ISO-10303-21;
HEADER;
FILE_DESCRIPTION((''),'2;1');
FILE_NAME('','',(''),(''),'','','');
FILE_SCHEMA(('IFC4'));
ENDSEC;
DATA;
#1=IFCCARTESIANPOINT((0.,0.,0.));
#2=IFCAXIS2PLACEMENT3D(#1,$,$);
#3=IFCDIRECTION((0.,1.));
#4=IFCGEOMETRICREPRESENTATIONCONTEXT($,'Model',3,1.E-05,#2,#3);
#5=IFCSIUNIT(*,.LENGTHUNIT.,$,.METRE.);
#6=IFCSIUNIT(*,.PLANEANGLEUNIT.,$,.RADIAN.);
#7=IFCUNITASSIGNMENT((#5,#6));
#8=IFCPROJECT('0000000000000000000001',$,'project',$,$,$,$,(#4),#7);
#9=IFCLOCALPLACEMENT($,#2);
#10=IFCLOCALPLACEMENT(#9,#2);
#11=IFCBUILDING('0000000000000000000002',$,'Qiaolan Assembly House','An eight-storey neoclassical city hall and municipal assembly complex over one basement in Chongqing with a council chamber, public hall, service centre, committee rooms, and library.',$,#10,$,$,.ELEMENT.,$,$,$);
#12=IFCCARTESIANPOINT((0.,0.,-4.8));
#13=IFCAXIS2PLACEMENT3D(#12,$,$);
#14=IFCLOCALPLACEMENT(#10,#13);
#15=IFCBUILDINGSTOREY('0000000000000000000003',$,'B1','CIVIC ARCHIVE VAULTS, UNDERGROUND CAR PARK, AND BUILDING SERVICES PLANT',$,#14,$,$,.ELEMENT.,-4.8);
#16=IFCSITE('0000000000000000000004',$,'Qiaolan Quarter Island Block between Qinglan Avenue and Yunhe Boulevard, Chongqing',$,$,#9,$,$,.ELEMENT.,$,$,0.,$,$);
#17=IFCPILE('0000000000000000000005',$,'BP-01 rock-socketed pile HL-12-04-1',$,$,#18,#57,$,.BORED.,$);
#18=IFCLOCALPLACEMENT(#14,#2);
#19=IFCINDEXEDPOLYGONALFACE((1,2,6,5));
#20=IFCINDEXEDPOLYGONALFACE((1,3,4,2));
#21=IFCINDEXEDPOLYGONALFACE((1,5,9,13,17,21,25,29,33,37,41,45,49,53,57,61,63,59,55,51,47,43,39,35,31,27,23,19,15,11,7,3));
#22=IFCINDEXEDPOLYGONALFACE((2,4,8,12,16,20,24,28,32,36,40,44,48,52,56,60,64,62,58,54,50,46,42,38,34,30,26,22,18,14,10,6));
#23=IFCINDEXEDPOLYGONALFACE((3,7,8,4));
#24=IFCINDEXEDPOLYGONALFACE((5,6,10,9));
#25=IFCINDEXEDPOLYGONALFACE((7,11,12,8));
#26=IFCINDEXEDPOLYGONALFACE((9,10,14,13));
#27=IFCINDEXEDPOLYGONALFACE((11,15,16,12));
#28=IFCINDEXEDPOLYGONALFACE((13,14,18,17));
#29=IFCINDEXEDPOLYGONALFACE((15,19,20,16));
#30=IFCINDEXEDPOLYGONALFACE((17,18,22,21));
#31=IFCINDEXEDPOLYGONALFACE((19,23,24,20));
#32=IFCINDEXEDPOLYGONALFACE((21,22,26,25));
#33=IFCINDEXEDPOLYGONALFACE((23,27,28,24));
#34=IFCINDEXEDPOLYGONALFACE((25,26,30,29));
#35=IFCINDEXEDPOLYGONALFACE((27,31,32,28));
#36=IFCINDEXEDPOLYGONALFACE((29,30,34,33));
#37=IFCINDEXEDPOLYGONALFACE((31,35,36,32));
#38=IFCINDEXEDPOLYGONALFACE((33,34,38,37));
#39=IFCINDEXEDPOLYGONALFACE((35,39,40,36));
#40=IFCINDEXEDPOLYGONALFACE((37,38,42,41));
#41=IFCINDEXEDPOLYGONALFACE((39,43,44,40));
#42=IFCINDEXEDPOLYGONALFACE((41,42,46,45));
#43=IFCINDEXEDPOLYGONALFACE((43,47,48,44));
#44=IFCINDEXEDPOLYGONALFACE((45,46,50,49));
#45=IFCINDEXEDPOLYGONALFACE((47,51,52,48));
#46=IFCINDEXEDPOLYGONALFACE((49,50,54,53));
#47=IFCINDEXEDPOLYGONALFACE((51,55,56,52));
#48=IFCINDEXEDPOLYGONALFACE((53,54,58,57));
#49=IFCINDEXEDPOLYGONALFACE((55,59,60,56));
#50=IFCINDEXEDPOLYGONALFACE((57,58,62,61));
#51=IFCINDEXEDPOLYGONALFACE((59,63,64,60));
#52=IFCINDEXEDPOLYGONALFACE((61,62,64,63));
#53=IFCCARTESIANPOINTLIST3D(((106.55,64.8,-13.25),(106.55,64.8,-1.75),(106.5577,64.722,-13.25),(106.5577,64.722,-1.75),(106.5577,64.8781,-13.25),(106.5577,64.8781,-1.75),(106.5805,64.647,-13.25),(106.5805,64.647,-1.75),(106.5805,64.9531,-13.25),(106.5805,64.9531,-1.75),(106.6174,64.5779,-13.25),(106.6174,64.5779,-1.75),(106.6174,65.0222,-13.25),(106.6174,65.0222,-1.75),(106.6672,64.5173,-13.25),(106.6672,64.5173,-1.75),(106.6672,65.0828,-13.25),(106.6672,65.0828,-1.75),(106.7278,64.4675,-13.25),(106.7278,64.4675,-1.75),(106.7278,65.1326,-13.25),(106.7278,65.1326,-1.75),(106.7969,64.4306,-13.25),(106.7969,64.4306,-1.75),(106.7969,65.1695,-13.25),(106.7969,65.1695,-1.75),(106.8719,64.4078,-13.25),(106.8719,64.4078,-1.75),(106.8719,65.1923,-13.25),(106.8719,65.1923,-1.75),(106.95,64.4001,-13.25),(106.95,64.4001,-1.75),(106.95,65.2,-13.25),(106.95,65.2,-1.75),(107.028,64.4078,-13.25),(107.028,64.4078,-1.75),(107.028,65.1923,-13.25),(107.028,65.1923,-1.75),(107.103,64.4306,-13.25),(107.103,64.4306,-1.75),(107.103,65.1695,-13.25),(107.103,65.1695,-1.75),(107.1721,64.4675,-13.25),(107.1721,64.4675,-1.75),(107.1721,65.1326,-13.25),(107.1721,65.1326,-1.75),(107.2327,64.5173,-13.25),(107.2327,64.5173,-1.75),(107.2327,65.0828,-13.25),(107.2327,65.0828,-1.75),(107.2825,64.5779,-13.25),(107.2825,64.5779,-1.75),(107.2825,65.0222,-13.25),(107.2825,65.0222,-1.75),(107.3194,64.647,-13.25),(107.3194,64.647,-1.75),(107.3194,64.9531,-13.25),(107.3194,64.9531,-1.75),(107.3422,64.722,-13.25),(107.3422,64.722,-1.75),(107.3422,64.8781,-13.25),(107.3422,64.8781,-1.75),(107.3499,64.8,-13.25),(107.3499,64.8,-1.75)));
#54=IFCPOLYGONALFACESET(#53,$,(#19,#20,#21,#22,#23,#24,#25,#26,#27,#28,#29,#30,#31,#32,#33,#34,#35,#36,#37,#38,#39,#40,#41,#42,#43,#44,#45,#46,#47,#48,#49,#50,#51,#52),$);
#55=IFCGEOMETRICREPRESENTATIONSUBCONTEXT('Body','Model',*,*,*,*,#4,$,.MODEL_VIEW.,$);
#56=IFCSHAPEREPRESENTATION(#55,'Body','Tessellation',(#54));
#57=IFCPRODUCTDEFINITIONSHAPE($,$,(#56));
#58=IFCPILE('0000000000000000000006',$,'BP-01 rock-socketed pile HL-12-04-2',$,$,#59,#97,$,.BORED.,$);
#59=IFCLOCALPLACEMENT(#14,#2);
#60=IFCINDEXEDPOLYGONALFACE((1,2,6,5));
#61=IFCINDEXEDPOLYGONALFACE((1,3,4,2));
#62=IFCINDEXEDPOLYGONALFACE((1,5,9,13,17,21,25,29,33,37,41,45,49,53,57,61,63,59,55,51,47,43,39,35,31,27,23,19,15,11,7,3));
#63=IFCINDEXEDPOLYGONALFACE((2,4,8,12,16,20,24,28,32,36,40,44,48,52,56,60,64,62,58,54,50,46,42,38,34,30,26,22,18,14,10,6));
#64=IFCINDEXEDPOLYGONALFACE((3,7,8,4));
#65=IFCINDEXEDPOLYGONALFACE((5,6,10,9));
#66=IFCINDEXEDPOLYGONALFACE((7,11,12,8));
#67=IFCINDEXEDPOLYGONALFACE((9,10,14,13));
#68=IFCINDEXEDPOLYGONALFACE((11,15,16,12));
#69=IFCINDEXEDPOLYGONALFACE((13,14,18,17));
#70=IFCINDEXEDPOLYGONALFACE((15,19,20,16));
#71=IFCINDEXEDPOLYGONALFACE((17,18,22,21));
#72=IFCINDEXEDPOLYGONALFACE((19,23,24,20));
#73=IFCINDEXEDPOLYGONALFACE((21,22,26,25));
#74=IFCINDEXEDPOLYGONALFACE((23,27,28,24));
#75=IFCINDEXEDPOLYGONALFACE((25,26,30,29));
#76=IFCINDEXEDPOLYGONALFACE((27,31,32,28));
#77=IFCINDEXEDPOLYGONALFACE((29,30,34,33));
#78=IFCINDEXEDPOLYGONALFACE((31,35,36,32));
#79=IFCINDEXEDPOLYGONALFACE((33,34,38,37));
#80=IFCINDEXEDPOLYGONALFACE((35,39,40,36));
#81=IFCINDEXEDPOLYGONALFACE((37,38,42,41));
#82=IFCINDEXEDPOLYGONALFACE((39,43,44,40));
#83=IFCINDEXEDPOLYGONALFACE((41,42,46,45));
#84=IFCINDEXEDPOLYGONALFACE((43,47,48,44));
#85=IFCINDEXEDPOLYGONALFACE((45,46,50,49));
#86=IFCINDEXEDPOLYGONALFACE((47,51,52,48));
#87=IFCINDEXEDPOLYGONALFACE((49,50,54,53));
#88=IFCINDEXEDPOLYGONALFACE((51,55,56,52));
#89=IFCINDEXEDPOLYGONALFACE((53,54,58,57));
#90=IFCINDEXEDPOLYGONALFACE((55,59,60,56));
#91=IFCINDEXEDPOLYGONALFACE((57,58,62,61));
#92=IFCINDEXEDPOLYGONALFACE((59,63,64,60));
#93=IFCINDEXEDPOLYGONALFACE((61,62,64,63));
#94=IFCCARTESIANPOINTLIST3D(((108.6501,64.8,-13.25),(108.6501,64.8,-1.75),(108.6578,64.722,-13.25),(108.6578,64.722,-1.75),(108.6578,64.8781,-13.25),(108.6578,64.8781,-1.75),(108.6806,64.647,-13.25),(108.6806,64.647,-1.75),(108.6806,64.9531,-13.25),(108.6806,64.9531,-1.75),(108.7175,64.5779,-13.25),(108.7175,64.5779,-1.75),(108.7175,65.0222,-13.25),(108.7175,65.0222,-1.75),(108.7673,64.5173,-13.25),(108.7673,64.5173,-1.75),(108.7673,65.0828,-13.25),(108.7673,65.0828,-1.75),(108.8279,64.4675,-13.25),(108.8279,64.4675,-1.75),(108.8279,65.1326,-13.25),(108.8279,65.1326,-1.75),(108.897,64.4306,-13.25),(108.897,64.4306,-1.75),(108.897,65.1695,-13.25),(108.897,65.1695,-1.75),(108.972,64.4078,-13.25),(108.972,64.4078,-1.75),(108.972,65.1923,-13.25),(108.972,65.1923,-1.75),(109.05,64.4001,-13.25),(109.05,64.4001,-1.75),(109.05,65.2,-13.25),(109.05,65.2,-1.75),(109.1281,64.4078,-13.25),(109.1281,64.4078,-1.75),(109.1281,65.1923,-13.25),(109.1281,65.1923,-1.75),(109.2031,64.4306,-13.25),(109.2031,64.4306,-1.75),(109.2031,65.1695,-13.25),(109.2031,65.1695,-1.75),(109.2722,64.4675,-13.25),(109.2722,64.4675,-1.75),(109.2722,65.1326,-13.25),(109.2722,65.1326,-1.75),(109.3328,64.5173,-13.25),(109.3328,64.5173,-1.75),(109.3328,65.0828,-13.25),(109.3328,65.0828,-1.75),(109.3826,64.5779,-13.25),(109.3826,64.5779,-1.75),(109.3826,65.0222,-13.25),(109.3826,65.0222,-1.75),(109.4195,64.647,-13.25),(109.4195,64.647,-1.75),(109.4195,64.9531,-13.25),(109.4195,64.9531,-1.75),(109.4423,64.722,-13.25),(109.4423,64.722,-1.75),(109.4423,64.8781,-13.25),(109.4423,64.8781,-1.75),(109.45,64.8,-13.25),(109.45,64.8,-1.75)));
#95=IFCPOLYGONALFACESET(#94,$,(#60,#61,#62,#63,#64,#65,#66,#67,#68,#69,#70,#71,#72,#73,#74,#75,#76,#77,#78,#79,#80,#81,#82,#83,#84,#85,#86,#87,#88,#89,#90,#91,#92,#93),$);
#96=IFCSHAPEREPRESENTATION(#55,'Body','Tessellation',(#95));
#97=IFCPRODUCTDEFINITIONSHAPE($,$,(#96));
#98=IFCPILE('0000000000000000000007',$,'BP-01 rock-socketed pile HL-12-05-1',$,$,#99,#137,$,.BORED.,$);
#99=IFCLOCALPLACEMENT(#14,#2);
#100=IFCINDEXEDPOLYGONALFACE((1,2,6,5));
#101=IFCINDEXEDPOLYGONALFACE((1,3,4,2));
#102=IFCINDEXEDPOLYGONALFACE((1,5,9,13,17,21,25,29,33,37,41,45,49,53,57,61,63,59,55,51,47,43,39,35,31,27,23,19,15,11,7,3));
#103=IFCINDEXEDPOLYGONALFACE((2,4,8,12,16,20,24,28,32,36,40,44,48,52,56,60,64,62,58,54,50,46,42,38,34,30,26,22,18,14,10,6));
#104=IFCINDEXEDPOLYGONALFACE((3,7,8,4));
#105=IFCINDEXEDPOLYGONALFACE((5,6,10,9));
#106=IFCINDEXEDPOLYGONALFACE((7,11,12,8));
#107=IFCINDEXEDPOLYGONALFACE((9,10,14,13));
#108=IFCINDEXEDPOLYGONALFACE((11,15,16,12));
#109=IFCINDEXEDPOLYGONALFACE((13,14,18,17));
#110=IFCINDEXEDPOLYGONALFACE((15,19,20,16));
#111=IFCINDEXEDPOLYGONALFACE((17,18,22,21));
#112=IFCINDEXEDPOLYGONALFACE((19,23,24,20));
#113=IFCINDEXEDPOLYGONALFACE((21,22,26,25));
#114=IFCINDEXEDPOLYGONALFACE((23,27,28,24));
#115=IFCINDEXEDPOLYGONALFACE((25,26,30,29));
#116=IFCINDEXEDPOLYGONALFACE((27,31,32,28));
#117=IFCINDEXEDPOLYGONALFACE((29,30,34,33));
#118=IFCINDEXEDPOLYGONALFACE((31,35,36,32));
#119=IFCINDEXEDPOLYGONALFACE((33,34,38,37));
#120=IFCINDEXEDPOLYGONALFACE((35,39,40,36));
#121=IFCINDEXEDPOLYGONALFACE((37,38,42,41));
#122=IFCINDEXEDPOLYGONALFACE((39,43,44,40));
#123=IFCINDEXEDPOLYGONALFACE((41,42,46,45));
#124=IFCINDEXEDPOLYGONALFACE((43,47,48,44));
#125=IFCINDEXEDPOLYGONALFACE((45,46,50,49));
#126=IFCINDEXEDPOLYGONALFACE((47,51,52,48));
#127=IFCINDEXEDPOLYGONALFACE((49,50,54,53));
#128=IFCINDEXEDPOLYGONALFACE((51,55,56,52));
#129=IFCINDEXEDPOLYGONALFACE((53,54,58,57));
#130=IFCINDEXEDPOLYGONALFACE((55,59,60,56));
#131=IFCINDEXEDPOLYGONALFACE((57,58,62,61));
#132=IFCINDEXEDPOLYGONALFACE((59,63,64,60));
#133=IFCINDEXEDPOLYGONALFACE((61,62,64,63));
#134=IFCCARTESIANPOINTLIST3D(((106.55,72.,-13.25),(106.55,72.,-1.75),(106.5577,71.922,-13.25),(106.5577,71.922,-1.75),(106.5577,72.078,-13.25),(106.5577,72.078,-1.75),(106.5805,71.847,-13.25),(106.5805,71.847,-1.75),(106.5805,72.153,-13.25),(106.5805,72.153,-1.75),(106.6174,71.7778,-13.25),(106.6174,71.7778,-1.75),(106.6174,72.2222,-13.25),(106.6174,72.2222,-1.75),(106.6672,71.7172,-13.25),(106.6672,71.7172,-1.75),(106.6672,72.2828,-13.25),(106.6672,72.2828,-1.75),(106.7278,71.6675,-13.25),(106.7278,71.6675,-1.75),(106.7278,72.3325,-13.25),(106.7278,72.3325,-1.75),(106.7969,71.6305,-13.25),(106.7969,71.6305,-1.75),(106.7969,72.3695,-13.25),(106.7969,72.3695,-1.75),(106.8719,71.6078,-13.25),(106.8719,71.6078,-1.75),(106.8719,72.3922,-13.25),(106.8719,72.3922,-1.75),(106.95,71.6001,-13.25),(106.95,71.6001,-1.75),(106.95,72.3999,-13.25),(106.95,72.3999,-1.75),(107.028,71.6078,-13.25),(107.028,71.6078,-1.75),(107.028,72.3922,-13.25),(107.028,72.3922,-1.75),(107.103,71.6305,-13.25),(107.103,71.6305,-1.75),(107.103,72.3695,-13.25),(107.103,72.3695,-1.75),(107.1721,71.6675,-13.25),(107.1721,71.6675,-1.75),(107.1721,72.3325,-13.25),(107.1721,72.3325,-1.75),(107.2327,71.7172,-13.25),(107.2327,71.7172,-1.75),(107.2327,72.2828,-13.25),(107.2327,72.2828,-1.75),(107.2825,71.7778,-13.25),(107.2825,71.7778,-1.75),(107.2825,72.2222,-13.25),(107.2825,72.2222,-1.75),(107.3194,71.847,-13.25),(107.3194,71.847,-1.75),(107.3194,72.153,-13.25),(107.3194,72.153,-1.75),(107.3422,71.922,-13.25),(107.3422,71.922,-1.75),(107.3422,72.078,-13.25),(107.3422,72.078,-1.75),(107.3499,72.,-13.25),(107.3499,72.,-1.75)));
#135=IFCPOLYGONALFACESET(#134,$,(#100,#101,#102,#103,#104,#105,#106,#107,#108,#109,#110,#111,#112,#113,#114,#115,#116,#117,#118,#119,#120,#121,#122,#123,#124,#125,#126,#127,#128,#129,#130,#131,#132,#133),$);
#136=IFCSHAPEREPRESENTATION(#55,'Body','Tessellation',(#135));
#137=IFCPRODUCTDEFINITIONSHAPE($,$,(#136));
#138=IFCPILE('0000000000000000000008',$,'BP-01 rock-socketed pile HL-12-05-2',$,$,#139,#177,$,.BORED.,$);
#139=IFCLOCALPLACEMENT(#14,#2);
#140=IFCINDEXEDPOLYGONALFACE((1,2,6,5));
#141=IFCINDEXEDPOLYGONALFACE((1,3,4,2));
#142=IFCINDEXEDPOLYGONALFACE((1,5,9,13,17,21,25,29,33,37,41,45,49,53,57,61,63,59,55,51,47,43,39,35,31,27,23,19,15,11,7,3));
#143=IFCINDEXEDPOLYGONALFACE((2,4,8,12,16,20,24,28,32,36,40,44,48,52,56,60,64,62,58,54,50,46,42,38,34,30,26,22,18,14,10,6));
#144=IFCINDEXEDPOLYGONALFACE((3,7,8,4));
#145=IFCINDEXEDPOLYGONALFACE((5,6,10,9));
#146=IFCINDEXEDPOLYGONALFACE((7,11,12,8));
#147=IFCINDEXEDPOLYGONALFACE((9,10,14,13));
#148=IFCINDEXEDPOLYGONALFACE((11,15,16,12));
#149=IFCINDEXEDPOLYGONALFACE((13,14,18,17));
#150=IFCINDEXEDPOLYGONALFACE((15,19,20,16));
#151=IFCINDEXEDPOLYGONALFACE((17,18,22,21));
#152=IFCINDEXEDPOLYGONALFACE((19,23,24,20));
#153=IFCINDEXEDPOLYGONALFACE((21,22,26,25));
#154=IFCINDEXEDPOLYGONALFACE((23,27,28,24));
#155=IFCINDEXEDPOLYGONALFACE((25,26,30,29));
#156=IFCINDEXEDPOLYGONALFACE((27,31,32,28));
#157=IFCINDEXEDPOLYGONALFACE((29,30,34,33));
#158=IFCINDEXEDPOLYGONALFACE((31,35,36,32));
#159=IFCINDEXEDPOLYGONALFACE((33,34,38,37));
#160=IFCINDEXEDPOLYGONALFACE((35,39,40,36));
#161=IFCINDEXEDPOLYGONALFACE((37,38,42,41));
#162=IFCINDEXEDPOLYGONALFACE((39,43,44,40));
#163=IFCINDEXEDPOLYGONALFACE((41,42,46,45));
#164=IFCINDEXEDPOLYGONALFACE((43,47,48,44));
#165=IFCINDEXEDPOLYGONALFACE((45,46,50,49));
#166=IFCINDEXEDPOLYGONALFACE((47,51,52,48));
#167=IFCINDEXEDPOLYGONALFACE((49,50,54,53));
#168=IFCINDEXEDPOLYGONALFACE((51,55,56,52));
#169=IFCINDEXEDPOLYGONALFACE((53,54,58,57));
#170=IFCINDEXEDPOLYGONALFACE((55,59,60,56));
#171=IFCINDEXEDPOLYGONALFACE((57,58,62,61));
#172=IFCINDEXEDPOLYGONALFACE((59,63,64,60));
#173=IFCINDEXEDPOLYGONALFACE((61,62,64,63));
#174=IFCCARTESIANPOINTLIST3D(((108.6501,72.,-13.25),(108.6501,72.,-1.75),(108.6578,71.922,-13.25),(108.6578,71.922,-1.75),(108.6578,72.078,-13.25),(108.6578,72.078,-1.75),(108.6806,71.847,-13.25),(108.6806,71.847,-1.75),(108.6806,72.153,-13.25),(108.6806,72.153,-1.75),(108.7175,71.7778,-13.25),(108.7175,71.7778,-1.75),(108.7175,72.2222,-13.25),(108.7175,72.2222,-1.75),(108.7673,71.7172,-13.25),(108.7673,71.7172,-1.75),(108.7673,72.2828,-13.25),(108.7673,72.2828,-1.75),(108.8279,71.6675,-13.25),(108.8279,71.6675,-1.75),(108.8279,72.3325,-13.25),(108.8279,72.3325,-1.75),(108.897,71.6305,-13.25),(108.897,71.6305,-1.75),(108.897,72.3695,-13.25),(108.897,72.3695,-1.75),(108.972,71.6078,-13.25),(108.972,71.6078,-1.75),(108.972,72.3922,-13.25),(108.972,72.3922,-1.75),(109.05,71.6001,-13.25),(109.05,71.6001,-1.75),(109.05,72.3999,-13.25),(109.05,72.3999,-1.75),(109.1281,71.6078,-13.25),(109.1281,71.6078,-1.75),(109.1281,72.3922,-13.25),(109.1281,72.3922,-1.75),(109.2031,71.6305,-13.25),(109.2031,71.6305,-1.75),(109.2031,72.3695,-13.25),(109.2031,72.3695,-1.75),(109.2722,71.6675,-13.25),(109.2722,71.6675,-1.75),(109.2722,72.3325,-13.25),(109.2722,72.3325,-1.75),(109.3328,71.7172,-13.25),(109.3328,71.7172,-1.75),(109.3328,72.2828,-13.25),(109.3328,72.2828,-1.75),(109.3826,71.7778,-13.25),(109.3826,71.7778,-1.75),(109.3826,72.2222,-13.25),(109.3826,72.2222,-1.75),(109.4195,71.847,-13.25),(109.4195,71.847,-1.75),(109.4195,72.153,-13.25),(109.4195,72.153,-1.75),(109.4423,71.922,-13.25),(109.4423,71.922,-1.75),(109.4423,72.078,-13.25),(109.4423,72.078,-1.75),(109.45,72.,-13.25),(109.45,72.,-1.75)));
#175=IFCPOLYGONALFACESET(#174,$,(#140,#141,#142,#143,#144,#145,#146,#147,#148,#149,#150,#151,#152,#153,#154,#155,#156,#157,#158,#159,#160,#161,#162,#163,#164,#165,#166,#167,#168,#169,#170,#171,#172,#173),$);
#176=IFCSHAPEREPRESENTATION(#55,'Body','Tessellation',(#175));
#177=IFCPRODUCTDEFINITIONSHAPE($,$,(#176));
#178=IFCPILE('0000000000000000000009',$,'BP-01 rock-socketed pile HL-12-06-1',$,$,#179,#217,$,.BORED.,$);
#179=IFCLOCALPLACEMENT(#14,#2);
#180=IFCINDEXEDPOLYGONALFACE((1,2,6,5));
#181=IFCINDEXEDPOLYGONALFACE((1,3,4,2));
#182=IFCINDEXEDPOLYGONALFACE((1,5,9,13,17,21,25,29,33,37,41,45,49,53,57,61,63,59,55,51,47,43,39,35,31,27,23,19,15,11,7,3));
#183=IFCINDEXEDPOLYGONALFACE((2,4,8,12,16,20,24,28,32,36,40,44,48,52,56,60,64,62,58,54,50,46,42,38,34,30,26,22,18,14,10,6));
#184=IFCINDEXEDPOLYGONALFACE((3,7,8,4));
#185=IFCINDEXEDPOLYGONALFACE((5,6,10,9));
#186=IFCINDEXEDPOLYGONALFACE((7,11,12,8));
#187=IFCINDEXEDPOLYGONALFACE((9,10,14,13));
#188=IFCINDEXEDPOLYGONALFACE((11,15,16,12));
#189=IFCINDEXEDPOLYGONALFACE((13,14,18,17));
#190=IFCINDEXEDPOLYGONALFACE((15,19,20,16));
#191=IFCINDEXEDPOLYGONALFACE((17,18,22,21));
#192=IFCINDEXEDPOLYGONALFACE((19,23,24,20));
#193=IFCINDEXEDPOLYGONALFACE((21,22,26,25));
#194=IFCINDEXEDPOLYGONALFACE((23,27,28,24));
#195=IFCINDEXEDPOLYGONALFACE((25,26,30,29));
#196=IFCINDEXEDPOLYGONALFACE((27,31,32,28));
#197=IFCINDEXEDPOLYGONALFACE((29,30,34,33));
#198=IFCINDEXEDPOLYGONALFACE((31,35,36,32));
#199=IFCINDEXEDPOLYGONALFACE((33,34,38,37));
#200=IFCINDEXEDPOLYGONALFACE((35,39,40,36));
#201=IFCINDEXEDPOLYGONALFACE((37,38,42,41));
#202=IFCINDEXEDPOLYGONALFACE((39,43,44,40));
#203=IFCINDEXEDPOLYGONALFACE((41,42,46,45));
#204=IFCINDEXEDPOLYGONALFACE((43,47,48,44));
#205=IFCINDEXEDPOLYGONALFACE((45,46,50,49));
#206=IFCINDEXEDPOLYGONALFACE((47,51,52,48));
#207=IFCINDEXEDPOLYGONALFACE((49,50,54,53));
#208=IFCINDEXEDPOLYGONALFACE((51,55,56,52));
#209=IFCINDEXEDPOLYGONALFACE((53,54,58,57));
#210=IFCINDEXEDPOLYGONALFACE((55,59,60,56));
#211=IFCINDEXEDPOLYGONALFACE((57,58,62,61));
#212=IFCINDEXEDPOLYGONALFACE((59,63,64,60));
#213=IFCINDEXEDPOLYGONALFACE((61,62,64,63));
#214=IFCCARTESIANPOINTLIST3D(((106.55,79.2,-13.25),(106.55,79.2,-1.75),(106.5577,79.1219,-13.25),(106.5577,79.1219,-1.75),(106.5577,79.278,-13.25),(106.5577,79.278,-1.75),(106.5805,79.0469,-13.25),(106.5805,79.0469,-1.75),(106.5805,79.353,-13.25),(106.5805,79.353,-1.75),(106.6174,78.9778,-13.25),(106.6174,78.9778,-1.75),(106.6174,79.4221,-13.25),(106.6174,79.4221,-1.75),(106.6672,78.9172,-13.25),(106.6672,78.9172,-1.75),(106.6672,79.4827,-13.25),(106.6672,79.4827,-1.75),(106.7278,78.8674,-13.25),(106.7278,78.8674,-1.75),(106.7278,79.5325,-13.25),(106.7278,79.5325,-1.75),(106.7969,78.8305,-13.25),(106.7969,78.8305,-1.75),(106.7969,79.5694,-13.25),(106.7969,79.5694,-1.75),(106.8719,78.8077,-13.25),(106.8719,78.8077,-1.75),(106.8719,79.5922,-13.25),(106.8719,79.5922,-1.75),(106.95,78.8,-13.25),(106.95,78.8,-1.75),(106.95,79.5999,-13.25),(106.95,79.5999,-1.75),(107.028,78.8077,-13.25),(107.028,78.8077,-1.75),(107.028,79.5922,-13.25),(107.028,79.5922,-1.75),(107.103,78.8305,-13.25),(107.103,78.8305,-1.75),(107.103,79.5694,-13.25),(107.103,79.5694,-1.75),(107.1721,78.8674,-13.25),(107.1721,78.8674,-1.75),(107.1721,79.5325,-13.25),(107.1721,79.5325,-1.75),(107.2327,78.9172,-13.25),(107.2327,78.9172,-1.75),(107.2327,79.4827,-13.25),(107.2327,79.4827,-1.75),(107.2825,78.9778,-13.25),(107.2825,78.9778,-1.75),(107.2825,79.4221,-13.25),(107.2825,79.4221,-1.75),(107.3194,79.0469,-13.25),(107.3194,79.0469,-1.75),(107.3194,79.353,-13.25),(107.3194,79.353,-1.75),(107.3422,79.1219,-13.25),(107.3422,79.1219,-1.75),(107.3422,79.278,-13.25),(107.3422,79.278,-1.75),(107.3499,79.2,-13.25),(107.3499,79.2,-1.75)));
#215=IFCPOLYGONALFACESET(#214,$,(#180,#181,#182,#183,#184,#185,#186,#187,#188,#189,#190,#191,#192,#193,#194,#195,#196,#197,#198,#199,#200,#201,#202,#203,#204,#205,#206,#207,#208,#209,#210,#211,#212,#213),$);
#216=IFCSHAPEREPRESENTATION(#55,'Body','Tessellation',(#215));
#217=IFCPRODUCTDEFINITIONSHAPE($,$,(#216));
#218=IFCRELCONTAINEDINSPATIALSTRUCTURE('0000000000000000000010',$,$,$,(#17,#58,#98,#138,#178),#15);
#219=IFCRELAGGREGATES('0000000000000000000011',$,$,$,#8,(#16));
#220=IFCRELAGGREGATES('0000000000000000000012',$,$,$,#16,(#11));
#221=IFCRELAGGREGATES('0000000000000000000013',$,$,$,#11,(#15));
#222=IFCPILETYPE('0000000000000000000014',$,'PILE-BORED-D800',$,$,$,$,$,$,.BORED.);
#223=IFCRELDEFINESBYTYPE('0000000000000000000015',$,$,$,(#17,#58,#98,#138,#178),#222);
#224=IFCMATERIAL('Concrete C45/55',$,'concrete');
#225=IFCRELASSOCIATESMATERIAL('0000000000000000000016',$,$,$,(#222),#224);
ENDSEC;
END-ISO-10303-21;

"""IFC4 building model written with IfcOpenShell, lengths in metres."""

from ifc_helpers import new_model, si_unit, direction, frame, origin, origin_2d, place, context, subcontext, project, spatial, circle, extrude, material, material_profile, profile_set, type_object, element, save


model = new_model("IFC4")

# Units and contexts
model_context = context("Model", 3, precision=1e-05, world=origin(), true_north=direction((0.0, 1.0)))
body_context = subcontext(model_context, "Body", "Model", "MODEL_VIEW")
ifc_project = project(units=[si_unit("LENGTHUNIT", "METRE"), si_unit("PLANEANGLEUNIT", "RADIAN")], contexts=[model_context])

# Site, building, storey
site_placement = place(None, origin())
site = spatial("IfcSite", under=ifc_project, at=site_placement, Name="Qiaolan Quarter Island Block between Qinglan Avenue and Yunhe Boulevard, Chongqing", CompositionType="ELEMENT", RefElevation=0.0)
building_placement = place(site_placement, origin())
building = spatial("IfcBuilding", under=site, at=building_placement, Name="Qiaolan Assembly House", Description="An eight-storey neoclassical city hall and municipal assembly complex over one basement in Chongqing with a council chamber, public hall, service centre, committee rooms, and library.", CompositionType="ELEMENT")
storey_placement = place(building_placement, frame((0.0, 0.0, -4.8)))
storey = spatial("IfcBuildingStorey", under=building, at=storey_placement, Name="B1", Description="CIVIC ARCHIVE VAULTS, UNDERGROUND CAR PARK, AND BUILDING SERVICES PLANT", CompositionType="ELEMENT", Elevation=-4.8)

# Piles
ifc_material_1 = material(Name="Concrete C45/55", Category="concrete")
ifc_material_profile_1 = material_profile(ifc_material_1, circle(Radius=0.3999, at=origin_2d()), Name="PILE D800")
ifc_profile_set_1 = profile_set([ifc_material_profile_1], Name="Concrete C45/55")
pile_type = type_object("IfcPileType", Name="PILE-BORED-D800", PredefinedType="BORED", material=ifc_profile_set_1)
for number, where, z_axis, x_axis, name in (
    (1, (106.95, 64.8, -1.75), (0.0, 0.0, -1.0), (1.0, 0.0, 0.0), "BP-01 rock-socketed pile HL-12-04-1"),
    (2, (109.05, 64.8, -1.75), (0.0, 0.0, -1.0), (1.0, 0.0, 0.0), "BP-01 rock-socketed pile HL-12-04-2"),
    (3, (106.95, 72.0, -1.75), (0.0, 0.0, -1.0), (1.0, 0.0, 0.0), "BP-01 rock-socketed pile HL-12-05-1"),
    (4, (109.05, 72.0, -1.75), (0.0, 0.0, -1.0), (1.0, 0.0, 0.0), "BP-01 rock-socketed pile HL-12-05-2"),
    (5, (106.95, 79.2, -1.75), (0.0, 0.0, -1.0), (1.0, 0.0, 0.0), "BP-01 rock-socketed pile HL-12-06-1"),
):
    element("IfcPile", number, at=place(storey_placement, frame(where, z_axis=z_axis, x_axis=x_axis)), inside=storey, type_object=pile_type, Name=name, PredefinedType="BORED", context=body_context, shape_type="SweptSolid", body=[
        extrude(circle(Radius=0.3999, at=origin_2d()), origin(), (0.0, 0.0, 1.0), 11.5),
    ])

save(model, "model.ifc")
